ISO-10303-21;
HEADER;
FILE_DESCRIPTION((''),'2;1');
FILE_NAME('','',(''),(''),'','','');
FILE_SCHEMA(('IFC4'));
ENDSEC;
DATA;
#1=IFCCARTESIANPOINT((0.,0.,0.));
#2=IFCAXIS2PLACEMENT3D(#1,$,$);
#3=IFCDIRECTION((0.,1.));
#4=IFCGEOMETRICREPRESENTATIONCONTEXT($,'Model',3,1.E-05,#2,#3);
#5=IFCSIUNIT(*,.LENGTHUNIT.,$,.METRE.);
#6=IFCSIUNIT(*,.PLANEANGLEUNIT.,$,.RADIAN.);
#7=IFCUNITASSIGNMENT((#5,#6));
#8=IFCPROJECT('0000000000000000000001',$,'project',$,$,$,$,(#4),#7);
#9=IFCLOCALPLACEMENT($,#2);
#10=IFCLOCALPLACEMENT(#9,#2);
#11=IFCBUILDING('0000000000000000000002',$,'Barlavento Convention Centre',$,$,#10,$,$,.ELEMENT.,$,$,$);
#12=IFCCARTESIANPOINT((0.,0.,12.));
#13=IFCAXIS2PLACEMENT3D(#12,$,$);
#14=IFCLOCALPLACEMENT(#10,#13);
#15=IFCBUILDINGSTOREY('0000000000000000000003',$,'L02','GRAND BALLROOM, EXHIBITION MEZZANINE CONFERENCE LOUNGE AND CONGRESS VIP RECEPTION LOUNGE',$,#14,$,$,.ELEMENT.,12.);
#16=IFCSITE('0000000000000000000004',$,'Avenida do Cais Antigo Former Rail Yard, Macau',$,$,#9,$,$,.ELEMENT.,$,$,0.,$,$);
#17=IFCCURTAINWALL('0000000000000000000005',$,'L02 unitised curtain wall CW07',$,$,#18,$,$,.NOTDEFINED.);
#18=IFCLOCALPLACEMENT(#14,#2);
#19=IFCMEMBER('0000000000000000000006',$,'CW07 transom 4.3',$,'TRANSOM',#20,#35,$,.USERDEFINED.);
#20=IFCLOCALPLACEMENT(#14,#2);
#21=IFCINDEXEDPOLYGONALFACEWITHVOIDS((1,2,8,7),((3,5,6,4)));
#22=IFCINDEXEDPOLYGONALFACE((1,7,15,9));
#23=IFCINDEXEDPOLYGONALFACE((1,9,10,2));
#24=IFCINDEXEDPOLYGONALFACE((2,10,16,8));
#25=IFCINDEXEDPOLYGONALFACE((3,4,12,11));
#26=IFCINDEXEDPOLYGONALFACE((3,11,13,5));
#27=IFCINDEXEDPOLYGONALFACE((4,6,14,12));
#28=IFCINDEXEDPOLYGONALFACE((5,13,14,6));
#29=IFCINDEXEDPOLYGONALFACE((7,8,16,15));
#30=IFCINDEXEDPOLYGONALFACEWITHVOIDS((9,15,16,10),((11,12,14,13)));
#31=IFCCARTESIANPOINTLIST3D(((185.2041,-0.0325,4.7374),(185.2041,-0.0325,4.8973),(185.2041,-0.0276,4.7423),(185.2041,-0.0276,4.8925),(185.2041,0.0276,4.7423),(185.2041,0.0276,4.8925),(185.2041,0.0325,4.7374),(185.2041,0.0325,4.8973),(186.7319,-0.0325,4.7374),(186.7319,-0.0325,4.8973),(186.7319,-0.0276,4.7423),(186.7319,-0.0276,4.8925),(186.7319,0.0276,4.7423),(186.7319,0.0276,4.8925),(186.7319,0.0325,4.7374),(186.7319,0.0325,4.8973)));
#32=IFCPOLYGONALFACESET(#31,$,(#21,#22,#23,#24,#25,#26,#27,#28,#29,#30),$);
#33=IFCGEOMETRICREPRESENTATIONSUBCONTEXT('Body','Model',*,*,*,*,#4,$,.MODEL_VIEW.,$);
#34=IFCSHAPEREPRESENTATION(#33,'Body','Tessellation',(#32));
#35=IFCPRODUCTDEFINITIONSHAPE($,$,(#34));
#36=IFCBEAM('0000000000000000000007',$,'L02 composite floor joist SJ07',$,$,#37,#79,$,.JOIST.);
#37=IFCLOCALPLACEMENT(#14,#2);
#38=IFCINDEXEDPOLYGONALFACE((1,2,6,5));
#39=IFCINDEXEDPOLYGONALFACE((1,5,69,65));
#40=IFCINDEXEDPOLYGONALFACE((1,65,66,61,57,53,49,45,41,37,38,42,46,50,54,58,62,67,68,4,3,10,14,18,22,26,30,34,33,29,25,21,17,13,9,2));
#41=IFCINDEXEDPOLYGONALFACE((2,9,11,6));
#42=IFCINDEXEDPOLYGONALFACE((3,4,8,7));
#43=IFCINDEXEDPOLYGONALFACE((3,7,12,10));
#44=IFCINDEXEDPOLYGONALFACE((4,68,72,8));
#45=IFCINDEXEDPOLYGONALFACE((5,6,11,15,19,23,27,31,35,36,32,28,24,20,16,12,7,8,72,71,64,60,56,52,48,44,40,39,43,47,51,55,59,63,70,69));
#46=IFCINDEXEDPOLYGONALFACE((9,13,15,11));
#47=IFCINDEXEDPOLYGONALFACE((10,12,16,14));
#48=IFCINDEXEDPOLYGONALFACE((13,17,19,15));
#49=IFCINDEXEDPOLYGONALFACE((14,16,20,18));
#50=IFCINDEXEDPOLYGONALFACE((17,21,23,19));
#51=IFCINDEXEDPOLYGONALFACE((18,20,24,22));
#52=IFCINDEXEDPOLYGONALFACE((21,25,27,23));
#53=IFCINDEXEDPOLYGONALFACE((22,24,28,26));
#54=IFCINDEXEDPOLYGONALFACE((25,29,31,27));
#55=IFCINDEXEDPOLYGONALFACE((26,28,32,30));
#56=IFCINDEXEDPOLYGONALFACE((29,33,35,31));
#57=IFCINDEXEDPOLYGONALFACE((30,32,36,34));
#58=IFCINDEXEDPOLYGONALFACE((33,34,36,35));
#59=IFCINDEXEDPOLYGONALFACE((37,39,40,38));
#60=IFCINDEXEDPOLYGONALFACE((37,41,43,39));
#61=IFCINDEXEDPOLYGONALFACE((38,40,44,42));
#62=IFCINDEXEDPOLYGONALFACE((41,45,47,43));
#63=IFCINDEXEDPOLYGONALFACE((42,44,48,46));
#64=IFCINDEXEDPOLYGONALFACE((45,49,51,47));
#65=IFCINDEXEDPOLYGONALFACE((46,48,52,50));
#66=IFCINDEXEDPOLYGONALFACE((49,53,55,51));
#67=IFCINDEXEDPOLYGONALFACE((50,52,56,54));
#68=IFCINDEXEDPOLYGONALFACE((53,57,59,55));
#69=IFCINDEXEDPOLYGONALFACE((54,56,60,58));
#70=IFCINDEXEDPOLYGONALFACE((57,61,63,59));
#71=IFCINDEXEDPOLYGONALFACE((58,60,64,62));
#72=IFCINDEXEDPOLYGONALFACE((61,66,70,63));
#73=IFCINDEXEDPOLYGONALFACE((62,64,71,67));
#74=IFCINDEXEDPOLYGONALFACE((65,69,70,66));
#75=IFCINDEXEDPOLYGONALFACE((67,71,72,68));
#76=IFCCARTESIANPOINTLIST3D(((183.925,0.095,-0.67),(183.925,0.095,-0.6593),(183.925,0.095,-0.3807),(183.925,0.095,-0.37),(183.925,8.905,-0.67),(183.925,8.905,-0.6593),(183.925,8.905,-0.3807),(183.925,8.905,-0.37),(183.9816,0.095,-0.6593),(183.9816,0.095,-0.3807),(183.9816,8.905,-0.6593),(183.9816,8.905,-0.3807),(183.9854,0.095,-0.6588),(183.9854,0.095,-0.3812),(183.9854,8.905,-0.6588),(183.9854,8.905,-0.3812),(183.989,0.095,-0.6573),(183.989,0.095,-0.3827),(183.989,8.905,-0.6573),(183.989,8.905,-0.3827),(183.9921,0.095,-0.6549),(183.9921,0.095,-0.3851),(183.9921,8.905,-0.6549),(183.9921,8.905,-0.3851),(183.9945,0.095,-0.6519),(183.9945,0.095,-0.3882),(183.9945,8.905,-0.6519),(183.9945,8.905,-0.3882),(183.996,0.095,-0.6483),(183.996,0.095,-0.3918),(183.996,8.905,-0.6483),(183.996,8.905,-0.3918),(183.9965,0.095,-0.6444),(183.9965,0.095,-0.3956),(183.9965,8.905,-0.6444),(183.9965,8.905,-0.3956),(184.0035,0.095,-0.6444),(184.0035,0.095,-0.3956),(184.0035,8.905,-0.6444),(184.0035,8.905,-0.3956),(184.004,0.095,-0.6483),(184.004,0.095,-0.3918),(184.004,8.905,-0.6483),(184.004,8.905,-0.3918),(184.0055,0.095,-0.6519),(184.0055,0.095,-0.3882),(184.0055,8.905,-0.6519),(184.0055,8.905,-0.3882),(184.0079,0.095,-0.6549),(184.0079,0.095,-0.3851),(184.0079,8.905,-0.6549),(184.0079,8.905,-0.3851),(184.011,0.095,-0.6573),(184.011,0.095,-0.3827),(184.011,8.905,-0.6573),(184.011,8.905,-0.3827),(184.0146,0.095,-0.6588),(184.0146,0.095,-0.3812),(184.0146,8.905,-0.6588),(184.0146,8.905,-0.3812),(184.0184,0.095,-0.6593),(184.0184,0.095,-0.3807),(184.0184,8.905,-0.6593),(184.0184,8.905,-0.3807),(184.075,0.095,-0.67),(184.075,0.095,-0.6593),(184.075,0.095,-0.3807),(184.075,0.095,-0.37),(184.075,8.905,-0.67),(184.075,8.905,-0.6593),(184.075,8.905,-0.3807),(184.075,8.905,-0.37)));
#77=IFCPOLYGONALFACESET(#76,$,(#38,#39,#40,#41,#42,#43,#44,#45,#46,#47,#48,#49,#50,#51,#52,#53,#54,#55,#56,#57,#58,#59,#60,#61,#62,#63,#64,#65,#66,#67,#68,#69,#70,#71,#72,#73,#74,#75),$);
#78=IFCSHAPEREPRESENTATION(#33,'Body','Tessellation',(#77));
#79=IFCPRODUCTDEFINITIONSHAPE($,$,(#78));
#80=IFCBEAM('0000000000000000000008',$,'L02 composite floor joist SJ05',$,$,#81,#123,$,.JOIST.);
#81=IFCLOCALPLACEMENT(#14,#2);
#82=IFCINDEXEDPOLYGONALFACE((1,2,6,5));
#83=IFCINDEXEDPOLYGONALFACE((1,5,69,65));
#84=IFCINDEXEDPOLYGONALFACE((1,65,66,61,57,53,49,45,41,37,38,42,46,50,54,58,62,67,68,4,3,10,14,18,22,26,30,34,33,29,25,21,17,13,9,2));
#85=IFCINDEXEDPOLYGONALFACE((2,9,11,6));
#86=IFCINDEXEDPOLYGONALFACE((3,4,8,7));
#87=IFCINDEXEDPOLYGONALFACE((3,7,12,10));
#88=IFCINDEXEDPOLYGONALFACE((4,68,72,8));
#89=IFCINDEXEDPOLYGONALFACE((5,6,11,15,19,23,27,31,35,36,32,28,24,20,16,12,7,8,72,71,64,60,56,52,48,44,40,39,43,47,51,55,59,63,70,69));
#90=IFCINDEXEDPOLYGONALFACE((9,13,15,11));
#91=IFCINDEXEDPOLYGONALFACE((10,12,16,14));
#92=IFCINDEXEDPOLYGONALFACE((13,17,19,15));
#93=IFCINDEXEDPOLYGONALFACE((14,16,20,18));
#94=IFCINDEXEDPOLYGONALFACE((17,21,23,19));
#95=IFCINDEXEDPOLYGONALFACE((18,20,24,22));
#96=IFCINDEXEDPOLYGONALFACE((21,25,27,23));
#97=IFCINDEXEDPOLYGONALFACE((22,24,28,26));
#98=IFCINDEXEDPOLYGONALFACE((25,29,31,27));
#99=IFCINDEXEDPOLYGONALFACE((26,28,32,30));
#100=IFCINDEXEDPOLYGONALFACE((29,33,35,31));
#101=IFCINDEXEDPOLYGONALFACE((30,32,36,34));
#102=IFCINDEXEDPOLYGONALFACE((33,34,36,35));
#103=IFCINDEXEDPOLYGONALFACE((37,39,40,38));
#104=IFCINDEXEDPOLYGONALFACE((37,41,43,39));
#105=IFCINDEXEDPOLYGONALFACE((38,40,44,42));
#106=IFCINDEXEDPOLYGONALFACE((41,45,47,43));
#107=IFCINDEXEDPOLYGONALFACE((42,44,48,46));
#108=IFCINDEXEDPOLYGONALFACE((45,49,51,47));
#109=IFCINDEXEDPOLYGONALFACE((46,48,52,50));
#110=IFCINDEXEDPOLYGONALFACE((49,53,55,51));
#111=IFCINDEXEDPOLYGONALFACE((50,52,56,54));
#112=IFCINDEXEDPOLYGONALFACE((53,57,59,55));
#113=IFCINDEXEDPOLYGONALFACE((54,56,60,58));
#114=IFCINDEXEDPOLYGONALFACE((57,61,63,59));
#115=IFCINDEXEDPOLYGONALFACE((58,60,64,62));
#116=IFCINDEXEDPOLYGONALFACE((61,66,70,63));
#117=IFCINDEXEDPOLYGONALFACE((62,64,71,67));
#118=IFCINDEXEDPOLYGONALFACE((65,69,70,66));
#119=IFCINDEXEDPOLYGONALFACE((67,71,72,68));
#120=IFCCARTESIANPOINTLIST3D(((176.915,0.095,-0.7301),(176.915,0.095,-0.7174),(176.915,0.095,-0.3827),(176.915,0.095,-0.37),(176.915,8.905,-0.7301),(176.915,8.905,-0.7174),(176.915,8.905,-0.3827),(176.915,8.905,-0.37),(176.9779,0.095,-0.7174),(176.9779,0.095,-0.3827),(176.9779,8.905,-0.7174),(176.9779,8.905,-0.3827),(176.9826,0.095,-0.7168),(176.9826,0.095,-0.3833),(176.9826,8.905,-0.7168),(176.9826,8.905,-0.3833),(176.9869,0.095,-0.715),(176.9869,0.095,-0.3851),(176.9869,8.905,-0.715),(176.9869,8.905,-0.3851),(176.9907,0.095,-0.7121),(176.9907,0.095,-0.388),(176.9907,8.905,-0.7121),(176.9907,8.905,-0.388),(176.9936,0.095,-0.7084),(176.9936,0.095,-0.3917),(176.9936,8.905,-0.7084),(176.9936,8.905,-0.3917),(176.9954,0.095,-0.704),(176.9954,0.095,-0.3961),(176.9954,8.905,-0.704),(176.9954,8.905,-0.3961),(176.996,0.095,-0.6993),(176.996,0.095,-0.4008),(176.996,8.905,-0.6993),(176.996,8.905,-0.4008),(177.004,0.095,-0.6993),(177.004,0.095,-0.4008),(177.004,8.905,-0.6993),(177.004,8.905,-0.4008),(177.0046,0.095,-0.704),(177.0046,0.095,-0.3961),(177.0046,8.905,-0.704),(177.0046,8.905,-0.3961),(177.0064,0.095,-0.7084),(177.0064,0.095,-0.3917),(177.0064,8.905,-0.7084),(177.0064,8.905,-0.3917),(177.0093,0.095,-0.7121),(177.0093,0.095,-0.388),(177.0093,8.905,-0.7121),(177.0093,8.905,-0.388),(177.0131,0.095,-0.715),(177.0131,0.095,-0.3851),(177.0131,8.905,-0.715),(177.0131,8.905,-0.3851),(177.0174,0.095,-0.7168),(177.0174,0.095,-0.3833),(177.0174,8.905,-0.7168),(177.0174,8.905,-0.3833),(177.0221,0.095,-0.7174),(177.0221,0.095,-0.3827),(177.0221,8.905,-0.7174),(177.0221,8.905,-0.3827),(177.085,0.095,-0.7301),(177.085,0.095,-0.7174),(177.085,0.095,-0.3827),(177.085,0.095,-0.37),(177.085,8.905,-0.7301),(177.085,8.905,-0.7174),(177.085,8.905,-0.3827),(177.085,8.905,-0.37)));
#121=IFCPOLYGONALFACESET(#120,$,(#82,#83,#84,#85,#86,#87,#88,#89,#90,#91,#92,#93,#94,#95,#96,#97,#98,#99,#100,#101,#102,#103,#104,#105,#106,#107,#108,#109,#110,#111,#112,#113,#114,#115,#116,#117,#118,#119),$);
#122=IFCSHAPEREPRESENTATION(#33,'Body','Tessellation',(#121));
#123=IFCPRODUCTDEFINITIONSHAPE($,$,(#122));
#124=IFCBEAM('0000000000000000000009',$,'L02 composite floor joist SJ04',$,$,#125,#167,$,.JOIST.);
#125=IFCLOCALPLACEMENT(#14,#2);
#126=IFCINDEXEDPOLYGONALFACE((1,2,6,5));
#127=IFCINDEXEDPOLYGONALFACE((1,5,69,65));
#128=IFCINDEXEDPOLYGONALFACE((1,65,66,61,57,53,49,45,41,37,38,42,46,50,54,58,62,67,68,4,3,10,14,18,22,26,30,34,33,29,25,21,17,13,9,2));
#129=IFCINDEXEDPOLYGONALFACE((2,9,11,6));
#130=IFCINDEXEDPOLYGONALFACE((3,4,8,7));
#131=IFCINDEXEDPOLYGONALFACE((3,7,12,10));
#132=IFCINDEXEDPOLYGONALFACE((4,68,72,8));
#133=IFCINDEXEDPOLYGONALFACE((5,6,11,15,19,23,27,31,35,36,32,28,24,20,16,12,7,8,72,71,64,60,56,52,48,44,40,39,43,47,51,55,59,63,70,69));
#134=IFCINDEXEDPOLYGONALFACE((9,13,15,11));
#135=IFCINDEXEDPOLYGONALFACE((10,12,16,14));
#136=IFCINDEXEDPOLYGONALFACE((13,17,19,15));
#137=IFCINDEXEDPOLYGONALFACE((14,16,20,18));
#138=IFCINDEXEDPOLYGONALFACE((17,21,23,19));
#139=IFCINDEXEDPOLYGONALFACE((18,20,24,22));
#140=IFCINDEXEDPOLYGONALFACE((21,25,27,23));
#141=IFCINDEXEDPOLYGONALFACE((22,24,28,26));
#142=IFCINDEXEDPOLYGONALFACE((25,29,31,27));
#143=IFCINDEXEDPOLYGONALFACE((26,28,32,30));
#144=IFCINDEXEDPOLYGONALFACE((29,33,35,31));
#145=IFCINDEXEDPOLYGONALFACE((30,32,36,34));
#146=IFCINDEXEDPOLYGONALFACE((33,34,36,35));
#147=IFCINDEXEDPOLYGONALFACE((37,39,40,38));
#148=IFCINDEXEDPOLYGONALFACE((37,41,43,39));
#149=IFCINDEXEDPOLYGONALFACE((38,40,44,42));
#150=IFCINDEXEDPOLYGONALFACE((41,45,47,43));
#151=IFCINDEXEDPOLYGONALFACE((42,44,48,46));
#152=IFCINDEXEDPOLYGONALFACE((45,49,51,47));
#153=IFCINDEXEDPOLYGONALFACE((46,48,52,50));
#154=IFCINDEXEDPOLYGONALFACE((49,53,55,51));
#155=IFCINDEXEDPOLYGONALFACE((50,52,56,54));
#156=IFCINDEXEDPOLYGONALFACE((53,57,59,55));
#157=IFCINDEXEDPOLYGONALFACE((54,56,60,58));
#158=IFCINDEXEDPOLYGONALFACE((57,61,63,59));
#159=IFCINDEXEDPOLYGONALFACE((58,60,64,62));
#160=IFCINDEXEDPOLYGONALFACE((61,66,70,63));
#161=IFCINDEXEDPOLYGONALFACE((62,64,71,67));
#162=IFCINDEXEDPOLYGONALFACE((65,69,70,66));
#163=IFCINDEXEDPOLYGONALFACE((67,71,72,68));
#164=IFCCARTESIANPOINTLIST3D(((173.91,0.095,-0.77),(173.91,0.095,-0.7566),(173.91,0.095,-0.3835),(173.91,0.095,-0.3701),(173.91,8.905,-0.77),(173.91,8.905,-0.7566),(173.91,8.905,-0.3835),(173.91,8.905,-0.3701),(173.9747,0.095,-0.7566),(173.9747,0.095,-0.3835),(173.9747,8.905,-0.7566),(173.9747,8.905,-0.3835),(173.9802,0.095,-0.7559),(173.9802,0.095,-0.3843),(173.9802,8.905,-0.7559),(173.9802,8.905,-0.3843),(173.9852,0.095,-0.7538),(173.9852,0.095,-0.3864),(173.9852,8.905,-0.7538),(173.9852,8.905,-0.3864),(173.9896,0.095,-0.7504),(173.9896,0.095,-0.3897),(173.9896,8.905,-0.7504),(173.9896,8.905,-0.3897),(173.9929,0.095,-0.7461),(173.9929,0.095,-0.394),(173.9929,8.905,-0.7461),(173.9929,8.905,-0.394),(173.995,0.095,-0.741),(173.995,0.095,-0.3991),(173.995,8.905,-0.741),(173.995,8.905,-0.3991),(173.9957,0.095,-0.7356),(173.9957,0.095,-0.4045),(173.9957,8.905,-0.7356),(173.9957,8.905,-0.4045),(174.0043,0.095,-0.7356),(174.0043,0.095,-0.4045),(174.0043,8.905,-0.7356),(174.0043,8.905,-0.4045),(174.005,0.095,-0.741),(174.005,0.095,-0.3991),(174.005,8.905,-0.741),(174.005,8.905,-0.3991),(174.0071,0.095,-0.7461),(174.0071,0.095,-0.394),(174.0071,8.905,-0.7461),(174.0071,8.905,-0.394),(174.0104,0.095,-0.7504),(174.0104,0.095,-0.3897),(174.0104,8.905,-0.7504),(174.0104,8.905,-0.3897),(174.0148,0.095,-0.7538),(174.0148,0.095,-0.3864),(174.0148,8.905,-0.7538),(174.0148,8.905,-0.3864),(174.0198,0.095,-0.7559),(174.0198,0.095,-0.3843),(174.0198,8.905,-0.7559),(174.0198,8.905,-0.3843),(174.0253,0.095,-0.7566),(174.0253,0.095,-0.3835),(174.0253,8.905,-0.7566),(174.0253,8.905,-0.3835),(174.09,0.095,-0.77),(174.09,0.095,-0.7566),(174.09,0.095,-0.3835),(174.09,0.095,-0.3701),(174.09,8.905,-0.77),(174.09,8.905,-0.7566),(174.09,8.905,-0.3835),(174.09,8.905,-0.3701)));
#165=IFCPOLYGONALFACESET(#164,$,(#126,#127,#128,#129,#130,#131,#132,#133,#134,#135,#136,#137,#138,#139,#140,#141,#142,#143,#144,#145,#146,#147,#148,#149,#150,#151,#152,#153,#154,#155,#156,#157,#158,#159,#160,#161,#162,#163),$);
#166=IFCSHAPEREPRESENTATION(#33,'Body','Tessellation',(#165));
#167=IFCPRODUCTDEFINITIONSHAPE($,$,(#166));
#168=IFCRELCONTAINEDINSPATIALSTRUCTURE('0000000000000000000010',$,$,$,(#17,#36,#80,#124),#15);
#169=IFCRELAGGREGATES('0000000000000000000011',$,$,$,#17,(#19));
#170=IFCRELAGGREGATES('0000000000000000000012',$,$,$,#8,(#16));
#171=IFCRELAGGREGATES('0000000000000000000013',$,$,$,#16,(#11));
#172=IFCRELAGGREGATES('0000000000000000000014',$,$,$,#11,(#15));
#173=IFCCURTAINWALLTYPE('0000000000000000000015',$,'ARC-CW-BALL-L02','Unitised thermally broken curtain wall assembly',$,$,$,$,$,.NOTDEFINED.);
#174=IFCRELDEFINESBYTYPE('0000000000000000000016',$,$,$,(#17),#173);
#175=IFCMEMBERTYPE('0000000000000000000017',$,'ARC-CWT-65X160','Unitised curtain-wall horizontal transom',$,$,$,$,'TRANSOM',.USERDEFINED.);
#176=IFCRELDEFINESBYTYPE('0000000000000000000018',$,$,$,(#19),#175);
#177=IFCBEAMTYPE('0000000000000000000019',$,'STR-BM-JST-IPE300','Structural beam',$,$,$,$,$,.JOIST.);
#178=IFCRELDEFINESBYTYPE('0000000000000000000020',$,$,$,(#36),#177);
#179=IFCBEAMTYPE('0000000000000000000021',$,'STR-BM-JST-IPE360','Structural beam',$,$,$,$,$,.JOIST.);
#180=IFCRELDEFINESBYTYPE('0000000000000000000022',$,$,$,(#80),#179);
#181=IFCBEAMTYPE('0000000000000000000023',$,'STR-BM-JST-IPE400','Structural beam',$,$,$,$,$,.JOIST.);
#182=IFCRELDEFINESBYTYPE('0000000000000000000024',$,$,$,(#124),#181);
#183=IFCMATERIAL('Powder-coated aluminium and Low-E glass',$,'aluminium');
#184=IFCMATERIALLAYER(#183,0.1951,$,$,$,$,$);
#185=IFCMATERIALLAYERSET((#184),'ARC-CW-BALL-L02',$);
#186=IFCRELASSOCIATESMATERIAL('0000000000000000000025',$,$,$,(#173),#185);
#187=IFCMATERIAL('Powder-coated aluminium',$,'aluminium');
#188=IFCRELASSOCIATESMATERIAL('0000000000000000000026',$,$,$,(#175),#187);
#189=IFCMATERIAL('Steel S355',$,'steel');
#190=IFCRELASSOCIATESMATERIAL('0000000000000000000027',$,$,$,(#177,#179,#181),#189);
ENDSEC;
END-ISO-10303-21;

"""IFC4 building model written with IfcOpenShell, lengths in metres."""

from ifc_helpers import new_model, si_unit, direction, frame, origin, origin_2d, place, context, subcontext, project, spatial, hollow_rectangle, i_section, extrude, material, layer, layer_set, material_profile, profile_set, type_object, element, aggregate, save


model = new_model("IFC4")

# Units and contexts
model_context = context("Model", 3, precision=1e-05, world=origin(), true_north=direction((0.0, 1.0)))
body_context = subcontext(model_context, "Body", "Model", "MODEL_VIEW")
ifc_project = project(units=[si_unit("LENGTHUNIT", "METRE"), si_unit("PLANEANGLEUNIT", "RADIAN")], contexts=[model_context])

# Site, building, storey
site_placement = place(None, origin())
site = spatial("IfcSite", under=ifc_project, at=site_placement, Name="Avenida do Cais Antigo Former Rail Yard, Macau", CompositionType="ELEMENT", RefElevation=0.0)
building_placement = place(site_placement, origin())
building = spatial("IfcBuilding", under=site, at=building_placement, Name="Barlavento Convention Centre", CompositionType="ELEMENT")
storey_placement = place(building_placement, frame((0.0, 0.0, 12.0)))
storey = spatial("IfcBuildingStorey", under=building, at=storey_placement, Name="L02", Description="GRAND BALLROOM, EXHIBITION MEZZANINE CONFERENCE LOUNGE AND CONGRESS VIP RECEPTION LOUNGE", CompositionType="ELEMENT", Elevation=12.0)

# Shared definitions
ifc_material_1 = material(Name="Steel S355", Category="steel")

# Curtain wall, member
ifc_material_2 = material(Name="Powder-coated aluminium and Low-E glass", Category="aluminium")
ifc_layer_1 = layer(ifc_material_2, 0.1951)
ifc_layer_set_1 = layer_set([ifc_layer_1], Name="ARC-CW-BALL-L02")
curtain_wall_type = type_object("IfcCurtainWallType", Name="ARC-CW-BALL-L02", Description="Unitised thermally broken curtain wall assembly", PredefinedType="NOTDEFINED", material=ifc_layer_set_1)
curtain_wall_placement = place(storey_placement, origin())
curtain_wall = element("IfcCurtainWall", 1, at=curtain_wall_placement, inside=storey, type_object=curtain_wall_type, Name="L02 unitised curtain wall CW07", PredefinedType="NOTDEFINED")
ifc_material_3 = material(Name="Powder-coated aluminium", Category="aluminium")
ifc_material_profile_1 = material_profile(ifc_material_3, hollow_rectangle(XDim=0.0649, YDim=0.1599, WallThickness=0.0049, at=origin_2d()), Name="AL-TRAN 65x160x5")
ifc_profile_set_1 = profile_set([ifc_material_profile_1], Name="Powder-coated aluminium")
member_type_1 = type_object("IfcMemberType", Name="ARC-CWT-65X160", Description="Unitised curtain-wall horizontal transom", ElementType="TRANSOM", PredefinedType="USERDEFINED", material=ifc_profile_set_1)
member_1_placement = place(storey_placement, frame((185.2041, 0.0, 4.8174), z_axis=(1.0, 0.0, 0.0), x_axis=(0.0, 1.0, 0.0)))
member_1 = element("IfcMember", 2, at=member_1_placement, type_object=member_type_1, Name="CW07 transom 4.3", ObjectType="TRANSOM", PredefinedType="USERDEFINED", context=body_context, shape_type="SweptSolid", body=[
    extrude(hollow_rectangle(XDim=0.0649, YDim=0.1599, WallThickness=0.0049, at=origin_2d()), origin(), (0.0, 0.0, 1.0), 1.5278),
])

# Beams
ifc_material_profile_2 = material_profile(ifc_material_1, i_section(OverallWidth=0.1499, OverallDepth=0.3, WebThickness=0.0071, FlangeThickness=0.0107, FilletRadius=0.0149, at=origin_2d()), Name="IPE 300")
ifc_profile_set_2 = profile_set([ifc_material_profile_2], Name="Steel S355")
beam_type_1 = type_object("IfcBeamType", Name="STR-BM-JST-IPE300", Description="Structural beam", PredefinedType="JOIST", material=ifc_profile_set_2)
beam_1_placement = place(storey_placement, frame((184.0, 0.095, -0.52), z_axis=(0.0, 1.0, 0.0), x_axis=(-1.0, 0.0, 0.0)))
element("IfcBeam", 3, at=beam_1_placement, inside=storey, type_object=beam_type_1, Name="L02 composite floor joist SJ07", PredefinedType="JOIST", context=body_context, shape_type="SweptSolid", body=[
    extrude(i_section(OverallWidth=0.1499, OverallDepth=0.3, WebThickness=0.0071, FlangeThickness=0.0107, FilletRadius=0.0149, at=origin_2d()), origin(), (0.0, 0.0, 1.0), 8.8101),
])
ifc_material_profile_3 = material_profile(ifc_material_1, i_section(OverallWidth=0.1699, OverallDepth=0.3601, WebThickness=0.0081, FlangeThickness=0.0127, FilletRadius=0.0181, at=origin_2d()), Name="IPE 360")
ifc_profile_set_3 = profile_set([ifc_material_profile_3], Name="Steel S355")
beam_type_2 = type_object("IfcBeamType", Name="STR-BM-JST-IPE360", Description="Structural beam", PredefinedType="JOIST", material=ifc_profile_set_3)
beam_2_placement = place(storey_placement, frame((177.0, 0.095, -0.55), z_axis=(0.0, 1.0, 0.0), x_axis=(-1.0, 0.0, 0.0)))
element("IfcBeam", 4, at=beam_2_placement, inside=storey, type_object=beam_type_2, Name="L02 composite floor joist SJ05", PredefinedType="JOIST", context=body_context, shape_type="SweptSolid", body=[
    extrude(i_section(OverallWidth=0.1699, OverallDepth=0.3601, WebThickness=0.0081, FlangeThickness=0.0127, FilletRadius=0.0181, at=origin_2d()), origin(), (0.0, 0.0, 1.0), 8.8101),
])
ifc_material_profile_4 = material_profile(ifc_material_1, i_section(OverallWidth=0.1799, OverallDepth=0.3999, WebThickness=0.0085, FlangeThickness=0.0134, FilletRadius=0.021, at=origin_2d()), Name="IPE 400")
ifc_profile_set_4 = profile_set([ifc_material_profile_4], Name="Steel S355")
beam_type_3 = type_object("IfcBeamType", Name="STR-BM-JST-IPE400", Description="Structural beam", PredefinedType="JOIST", material=ifc_profile_set_4)
beam_3_placement = place(storey_placement, frame((174.0, 0.095, -0.5701), z_axis=(0.0, 1.0, 0.0), x_axis=(-1.0, 0.0, 0.0)))
element("IfcBeam", 5, at=beam_3_placement, inside=storey, type_object=beam_type_3, Name="L02 composite floor joist SJ04", PredefinedType="JOIST", context=body_context, shape_type="SweptSolid", body=[
    extrude(i_section(OverallWidth=0.1799, OverallDepth=0.3999, WebThickness=0.0085, FlangeThickness=0.0134, FilletRadius=0.021, at=origin_2d()), origin(), (0.0, 0.0, 1.0), 8.8101),
])

aggregate(curtain_wall, [member_1])

save(model, "model.ifc")
